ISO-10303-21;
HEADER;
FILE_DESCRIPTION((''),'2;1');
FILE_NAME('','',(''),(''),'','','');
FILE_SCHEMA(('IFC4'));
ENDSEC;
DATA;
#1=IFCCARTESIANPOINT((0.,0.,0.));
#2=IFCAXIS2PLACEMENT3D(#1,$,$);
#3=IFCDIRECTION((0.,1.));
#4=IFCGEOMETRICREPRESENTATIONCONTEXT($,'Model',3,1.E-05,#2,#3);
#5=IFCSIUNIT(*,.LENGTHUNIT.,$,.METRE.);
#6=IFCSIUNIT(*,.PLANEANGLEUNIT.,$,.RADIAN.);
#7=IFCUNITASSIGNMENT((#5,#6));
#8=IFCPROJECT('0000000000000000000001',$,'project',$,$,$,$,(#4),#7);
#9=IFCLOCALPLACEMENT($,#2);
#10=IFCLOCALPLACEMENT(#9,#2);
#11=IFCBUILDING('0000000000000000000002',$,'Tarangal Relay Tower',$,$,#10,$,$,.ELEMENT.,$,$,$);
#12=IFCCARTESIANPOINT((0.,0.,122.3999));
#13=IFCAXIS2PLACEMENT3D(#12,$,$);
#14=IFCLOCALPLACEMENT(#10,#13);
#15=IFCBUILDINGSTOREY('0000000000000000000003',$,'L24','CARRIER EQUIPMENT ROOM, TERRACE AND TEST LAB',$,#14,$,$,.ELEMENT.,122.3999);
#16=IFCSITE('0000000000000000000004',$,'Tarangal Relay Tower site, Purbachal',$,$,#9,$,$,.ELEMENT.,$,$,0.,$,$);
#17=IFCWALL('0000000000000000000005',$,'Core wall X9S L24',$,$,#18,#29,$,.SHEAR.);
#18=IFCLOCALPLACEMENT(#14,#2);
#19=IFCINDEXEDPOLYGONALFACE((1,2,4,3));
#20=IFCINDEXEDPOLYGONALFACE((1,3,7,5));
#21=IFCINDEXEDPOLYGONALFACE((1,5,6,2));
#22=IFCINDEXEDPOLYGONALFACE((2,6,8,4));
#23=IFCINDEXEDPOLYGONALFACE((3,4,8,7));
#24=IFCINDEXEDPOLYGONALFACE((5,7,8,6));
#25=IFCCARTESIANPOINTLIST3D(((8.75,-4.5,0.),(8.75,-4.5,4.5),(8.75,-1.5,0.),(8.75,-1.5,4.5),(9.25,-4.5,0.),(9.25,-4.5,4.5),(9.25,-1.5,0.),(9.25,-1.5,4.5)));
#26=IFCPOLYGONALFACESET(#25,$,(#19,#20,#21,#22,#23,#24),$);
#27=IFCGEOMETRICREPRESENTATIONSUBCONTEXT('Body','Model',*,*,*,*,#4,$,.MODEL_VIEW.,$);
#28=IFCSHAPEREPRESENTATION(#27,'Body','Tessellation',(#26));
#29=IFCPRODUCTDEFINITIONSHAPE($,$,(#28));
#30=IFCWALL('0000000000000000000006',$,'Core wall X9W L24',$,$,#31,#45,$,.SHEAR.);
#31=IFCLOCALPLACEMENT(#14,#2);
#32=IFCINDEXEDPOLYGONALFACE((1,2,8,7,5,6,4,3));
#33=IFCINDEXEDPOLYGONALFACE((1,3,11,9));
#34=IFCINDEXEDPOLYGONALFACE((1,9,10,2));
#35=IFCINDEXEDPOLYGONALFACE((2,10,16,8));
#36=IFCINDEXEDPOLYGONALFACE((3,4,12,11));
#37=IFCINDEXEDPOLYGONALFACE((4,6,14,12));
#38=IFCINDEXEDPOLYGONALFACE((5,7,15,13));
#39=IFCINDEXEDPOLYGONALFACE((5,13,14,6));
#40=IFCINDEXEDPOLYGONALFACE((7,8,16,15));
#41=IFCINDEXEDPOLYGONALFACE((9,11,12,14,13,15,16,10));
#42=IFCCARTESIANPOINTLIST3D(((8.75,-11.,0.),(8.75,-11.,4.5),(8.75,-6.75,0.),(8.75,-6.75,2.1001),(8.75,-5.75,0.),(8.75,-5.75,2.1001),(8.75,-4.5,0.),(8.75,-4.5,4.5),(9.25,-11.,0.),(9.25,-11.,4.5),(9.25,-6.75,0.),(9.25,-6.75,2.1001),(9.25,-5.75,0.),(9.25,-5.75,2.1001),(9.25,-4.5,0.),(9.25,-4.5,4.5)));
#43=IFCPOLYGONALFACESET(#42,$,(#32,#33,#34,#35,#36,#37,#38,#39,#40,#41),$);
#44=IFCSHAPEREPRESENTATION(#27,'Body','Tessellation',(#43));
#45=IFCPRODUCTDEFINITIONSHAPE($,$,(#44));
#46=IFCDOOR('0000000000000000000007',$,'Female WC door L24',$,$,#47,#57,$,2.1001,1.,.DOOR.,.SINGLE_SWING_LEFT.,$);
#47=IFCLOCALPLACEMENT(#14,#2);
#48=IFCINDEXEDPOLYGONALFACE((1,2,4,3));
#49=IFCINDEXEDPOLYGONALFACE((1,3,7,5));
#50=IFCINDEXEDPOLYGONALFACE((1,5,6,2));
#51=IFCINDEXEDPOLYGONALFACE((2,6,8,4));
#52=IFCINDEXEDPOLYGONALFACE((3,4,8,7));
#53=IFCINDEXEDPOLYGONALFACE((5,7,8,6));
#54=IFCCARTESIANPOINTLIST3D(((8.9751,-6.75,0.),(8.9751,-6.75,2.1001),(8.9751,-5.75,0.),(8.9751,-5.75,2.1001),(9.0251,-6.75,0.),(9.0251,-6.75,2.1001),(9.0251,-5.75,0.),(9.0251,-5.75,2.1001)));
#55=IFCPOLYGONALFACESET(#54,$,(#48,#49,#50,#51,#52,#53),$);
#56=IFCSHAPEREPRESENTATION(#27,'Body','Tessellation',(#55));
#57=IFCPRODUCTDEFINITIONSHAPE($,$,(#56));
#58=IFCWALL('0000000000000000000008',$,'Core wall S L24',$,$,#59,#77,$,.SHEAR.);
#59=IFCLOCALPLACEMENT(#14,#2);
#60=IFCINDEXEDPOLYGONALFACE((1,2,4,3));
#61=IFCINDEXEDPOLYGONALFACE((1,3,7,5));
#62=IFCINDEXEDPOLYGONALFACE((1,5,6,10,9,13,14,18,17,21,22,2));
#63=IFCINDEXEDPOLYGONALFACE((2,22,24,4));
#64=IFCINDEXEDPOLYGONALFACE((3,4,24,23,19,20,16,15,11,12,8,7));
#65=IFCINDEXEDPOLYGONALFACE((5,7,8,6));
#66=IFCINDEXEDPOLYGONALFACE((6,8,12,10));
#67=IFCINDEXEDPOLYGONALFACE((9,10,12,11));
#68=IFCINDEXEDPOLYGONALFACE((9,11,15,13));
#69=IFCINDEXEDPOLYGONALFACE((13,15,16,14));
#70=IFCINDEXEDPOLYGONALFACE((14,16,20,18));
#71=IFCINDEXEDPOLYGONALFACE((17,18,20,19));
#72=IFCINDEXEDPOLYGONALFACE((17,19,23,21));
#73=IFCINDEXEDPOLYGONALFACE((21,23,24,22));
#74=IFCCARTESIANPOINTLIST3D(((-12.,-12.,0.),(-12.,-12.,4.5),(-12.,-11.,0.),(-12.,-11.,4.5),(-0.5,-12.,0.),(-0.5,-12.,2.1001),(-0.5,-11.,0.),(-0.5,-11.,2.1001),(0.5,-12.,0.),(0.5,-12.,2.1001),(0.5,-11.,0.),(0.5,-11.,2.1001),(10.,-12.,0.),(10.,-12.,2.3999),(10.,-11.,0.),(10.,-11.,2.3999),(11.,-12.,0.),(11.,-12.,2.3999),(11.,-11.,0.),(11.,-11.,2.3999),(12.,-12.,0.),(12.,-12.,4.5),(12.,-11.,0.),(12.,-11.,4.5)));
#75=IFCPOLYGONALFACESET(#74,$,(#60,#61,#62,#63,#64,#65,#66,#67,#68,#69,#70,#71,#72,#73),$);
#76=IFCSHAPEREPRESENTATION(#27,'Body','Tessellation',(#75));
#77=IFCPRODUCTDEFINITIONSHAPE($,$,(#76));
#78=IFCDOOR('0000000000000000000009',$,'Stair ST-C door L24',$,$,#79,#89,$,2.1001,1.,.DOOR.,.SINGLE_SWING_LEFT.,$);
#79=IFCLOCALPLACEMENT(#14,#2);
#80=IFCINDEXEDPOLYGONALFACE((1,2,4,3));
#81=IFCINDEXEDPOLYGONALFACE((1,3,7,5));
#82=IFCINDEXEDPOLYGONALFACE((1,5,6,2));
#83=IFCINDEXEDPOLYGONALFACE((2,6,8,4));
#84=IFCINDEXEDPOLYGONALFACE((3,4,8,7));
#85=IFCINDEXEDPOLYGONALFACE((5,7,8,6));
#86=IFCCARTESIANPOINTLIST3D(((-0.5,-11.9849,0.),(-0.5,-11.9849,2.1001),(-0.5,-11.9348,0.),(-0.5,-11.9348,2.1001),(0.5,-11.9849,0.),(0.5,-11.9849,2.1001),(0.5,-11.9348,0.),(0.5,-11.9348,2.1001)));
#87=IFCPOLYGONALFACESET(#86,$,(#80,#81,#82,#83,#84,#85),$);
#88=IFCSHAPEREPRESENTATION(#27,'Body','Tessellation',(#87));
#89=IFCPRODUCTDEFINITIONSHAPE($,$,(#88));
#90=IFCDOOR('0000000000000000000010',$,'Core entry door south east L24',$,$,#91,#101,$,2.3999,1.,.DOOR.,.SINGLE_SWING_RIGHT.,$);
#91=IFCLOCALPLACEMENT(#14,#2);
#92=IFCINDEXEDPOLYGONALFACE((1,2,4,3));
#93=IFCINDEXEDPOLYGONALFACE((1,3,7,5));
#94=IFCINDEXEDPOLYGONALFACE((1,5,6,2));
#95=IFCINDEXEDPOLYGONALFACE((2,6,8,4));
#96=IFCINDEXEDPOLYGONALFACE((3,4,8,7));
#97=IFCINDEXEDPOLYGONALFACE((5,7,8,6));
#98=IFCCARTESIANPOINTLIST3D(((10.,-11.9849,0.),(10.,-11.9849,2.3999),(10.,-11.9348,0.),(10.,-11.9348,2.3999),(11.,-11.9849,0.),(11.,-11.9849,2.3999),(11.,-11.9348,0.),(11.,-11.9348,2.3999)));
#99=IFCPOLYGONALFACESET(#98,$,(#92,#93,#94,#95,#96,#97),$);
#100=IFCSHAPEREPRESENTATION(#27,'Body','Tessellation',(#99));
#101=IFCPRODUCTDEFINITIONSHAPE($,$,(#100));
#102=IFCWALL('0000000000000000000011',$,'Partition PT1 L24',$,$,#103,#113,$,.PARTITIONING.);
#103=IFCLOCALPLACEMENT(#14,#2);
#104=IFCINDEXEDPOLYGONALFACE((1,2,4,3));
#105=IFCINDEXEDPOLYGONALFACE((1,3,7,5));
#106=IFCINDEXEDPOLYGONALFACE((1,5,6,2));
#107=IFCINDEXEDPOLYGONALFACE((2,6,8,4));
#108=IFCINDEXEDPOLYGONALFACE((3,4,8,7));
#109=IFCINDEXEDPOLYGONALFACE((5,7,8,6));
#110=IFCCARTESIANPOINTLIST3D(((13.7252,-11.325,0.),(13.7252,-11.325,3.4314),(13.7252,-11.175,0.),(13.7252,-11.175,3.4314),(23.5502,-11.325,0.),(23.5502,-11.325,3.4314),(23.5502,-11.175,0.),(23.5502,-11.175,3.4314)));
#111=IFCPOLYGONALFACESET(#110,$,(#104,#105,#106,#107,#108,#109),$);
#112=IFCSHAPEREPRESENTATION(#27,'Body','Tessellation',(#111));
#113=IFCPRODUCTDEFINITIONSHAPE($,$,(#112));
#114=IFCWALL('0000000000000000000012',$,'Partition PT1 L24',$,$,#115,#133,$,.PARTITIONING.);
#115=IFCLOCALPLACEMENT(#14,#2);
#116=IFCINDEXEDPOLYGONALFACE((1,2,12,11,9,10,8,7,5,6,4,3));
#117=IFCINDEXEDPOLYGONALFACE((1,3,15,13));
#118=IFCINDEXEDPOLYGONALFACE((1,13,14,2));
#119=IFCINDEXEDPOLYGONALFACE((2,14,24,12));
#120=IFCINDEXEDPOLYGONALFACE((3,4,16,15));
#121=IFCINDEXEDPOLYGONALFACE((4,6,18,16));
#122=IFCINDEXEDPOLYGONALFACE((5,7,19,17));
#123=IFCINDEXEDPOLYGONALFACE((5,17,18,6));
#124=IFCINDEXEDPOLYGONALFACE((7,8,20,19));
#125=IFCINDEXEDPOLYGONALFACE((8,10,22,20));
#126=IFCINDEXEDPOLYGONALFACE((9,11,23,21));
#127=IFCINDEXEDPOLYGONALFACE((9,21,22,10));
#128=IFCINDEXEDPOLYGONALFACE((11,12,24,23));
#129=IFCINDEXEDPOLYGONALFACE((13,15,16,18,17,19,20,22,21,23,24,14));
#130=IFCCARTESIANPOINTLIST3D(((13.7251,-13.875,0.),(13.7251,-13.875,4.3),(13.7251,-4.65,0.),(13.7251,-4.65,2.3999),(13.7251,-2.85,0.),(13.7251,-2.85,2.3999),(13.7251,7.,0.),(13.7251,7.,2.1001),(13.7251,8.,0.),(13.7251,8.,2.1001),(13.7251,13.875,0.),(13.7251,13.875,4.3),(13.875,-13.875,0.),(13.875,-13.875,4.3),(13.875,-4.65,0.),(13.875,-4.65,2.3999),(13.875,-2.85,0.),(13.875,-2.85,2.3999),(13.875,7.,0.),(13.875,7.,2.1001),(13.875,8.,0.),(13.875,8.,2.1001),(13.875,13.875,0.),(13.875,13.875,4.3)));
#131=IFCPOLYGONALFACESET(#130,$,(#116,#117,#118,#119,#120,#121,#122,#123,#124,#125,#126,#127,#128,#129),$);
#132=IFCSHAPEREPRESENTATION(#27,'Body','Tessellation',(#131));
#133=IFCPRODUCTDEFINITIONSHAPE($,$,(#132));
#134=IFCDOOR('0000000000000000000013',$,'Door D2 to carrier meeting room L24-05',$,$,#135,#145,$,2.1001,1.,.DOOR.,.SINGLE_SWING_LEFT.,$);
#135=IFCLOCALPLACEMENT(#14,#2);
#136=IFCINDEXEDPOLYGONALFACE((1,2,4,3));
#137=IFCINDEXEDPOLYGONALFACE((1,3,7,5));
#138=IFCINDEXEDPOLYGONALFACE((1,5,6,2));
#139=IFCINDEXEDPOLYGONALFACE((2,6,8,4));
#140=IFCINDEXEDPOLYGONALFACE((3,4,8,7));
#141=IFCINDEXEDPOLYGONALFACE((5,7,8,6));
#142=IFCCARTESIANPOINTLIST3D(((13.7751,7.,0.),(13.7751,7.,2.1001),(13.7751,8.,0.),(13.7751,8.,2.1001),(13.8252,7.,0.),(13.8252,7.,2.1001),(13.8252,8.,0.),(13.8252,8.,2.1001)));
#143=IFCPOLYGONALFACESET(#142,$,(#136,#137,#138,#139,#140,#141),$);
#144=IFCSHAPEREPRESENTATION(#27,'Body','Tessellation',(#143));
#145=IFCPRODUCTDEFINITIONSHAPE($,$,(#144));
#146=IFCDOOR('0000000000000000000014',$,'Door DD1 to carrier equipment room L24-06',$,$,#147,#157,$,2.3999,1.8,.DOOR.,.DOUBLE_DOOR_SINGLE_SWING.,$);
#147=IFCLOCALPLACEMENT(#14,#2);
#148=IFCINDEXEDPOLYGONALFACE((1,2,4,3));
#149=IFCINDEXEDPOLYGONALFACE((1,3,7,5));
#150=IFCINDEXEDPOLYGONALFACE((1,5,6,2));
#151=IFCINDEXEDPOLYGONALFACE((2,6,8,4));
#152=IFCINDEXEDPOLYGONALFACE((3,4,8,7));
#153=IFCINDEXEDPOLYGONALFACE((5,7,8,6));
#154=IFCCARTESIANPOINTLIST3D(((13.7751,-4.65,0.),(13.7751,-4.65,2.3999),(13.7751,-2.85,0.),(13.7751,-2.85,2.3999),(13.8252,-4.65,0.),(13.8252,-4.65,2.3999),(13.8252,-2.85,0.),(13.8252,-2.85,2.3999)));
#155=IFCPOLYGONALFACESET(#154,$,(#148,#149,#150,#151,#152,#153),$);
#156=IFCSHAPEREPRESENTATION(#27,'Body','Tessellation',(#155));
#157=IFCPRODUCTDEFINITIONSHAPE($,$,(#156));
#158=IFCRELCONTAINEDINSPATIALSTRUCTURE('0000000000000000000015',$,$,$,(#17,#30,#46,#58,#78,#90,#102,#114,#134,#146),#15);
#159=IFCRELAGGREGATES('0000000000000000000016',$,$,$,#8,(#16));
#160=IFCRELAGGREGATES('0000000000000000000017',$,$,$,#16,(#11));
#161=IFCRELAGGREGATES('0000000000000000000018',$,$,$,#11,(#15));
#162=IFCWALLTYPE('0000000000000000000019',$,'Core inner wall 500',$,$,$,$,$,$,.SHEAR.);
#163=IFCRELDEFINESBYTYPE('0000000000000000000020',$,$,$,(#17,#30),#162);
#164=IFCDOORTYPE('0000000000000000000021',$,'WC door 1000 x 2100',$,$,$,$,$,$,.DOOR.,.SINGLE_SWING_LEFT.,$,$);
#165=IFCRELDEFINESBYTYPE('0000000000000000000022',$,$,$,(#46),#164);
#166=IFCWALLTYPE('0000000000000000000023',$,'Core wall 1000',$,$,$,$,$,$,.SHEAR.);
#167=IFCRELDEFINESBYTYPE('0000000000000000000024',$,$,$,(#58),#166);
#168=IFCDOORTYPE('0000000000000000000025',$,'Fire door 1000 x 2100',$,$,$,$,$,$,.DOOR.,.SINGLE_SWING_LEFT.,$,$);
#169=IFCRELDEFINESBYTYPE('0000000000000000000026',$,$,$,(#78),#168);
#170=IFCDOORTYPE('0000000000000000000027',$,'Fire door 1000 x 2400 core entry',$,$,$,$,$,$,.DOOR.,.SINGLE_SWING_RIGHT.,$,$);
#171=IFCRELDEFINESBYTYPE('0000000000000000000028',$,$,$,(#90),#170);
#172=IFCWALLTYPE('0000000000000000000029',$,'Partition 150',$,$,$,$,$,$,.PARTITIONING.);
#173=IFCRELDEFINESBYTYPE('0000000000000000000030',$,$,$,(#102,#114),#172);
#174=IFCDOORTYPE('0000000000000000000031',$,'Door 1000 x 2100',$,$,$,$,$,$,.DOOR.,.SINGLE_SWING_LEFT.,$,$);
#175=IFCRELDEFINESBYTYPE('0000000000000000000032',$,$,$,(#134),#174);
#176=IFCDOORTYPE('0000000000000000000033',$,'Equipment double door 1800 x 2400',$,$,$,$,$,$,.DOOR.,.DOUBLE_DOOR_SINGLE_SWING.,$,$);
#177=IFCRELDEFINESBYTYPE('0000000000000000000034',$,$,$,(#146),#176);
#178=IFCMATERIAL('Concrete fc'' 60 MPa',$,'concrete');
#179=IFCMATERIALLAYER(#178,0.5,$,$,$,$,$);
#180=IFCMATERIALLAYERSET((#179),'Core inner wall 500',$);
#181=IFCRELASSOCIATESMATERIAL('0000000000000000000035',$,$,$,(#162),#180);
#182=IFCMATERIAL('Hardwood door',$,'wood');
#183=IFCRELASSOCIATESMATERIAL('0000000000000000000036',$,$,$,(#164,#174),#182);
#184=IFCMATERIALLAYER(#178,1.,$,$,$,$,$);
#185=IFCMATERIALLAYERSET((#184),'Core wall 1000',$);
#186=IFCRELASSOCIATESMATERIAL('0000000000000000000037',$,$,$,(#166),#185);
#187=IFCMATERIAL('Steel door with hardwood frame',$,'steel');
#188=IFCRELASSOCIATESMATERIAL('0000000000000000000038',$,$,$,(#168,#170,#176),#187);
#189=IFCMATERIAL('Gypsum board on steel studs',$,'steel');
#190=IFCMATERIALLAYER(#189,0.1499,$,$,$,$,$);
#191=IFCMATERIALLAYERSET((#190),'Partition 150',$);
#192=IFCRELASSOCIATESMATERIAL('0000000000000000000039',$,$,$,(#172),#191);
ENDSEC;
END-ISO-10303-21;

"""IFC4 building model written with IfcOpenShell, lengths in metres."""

from ifc_helpers import new_model, si_unit, direction, frame, frame_2d, origin, place, context, subcontext, project, spatial, rectangle, extrude, material, layer, layer_set, type_object, element, fill, save


model = new_model("IFC4")

# Units and contexts
model_context = context("Model", 3, precision=1e-05, world=origin(), true_north=direction((0.0, 1.0)))
body_context = subcontext(model_context, "Body", "Model", "MODEL_VIEW")
ifc_project = project(units=[si_unit("LENGTHUNIT", "METRE"), si_unit("PLANEANGLEUNIT", "RADIAN")], contexts=[model_context])

# Site, building, storey
site_placement = place(None, origin())
site = spatial("IfcSite", under=ifc_project, at=site_placement, Name="Tarangal Relay Tower site, Purbachal", CompositionType="ELEMENT", RefElevation=0.0)
building_placement = place(site_placement, origin())
building = spatial("IfcBuilding", under=site, at=building_placement, Name="Tarangal Relay Tower", CompositionType="ELEMENT")
storey_placement = place(building_placement, frame((0.0, 0.0, 122.3999)))
storey = spatial("IfcBuildingStorey", under=building, at=storey_placement, Name="L24", Description="CARRIER EQUIPMENT ROOM, TERRACE AND TEST LAB", CompositionType="ELEMENT", Elevation=122.3999)

# Wall
ifc_material_1 = material(Name="Concrete fc' 60 MPa", Category="concrete")
ifc_layer_1 = layer(ifc_material_1, 0.5)
ifc_layer_set_1 = layer_set([ifc_layer_1], Name="Core inner wall 500")
wall_type_1 = type_object("IfcWallType", Name="Core inner wall 500", PredefinedType="SHEAR", material=ifc_layer_set_1)
wall_1_placement = place(storey_placement, frame((9.0, -4.5, 0.0), z_axis=(0.0, 0.0, 1.0), x_axis=(0.0, 1.0, 0.0)))
element("IfcWall", 1, at=wall_1_placement, inside=storey, type_object=wall_type_1, Name="Core wall X9S L24", PredefinedType="SHEAR", context=body_context, shape_type="SweptSolid", body=[
    extrude(rectangle(XDim=3.0, YDim=0.5, at=frame_2d((1.5, 0.0))), origin(), (0.0, 0.0, 1.0), 4.5),
])

# Wall, opening, door
wall_2_placement = place(storey_placement, frame((9.0, -11.0, 0.0), z_axis=(0.0, 0.0, 1.0), x_axis=(0.0, 1.0, 0.0)))
wall_2 = element("IfcWall", 2, at=wall_2_placement, inside=storey, type_object=wall_type_1, Name="Core wall X9W L24", PredefinedType="SHEAR", context=body_context, shape_type="SweptSolid", body=[
    extrude(rectangle(XDim=6.5, YDim=0.5, at=frame_2d((3.25, 0.0))), origin(), (0.0, 0.0, 1.0), 4.5),
])
opening_1_placement = place(wall_2_placement, frame((4.25, 0.0, 0.0)))
opening_1 = element("IfcOpeningElement", 3, at=opening_1_placement, cuts=wall_2, PredefinedType="OPENING", context=body_context, shape_type="SweptSolid", body=[
    extrude(rectangle(XDim=1.0, YDim=2.1001, at=frame_2d((0.5, 1.05))), frame((0.0, 0.26, 0.0), z_axis=(0.0, -1.0, 0.0), x_axis=(1.0, 0.0, 0.0)), (0.0, 0.0, 1.0), 0.52),
])
ifc_material_2 = material(Name="Hardwood door", Category="wood")
door_type_1 = type_object("IfcDoorType", Name="WC door 1000 x 2100", OperationType="SINGLE_SWING_LEFT", PredefinedType="DOOR", material=ifc_material_2)
door_1_placement = place(opening_1_placement, origin())
door_1 = element("IfcDoor", 4, at=door_1_placement, inside=storey, type_object=door_type_1, Name="Female WC door L24", OperationType="SINGLE_SWING_LEFT", OverallHeight=2.1001, OverallWidth=1.0, PredefinedType="DOOR", context=body_context, shape_type="SweptSolid", body=[
    extrude(rectangle(XDim=1.0, YDim=2.1001, at=frame_2d((0.5, 1.05))), frame((0.0, 0.0249, 0.0), z_axis=(0.0, -1.0, 0.0), x_axis=(1.0, 0.0, 0.0)), (0.0, 0.0, 1.0), 0.05),
])
fill(opening_1, door_1)

# Wall, openings, doors
ifc_layer_2 = layer(ifc_material_1, 1.0)
ifc_layer_set_2 = layer_set([ifc_layer_2], Name="Core wall 1000")
wall_type_2 = type_object("IfcWallType", Name="Core wall 1000", PredefinedType="SHEAR", material=ifc_layer_set_2)
wall_3_placement = place(storey_placement, frame((12.0, -11.5, 0.0), z_axis=(0.0, 0.0, 1.0), x_axis=(-1.0, 0.0, 0.0)))
wall_3 = element("IfcWall", 5, at=wall_3_placement, inside=storey, type_object=wall_type_2, Name="Core wall S L24", PredefinedType="SHEAR", context=body_context, shape_type="SweptSolid", body=[
    extrude(rectangle(XDim=24.0, YDim=1.0, at=frame_2d((12.0, 0.0))), origin(), (0.0, 0.0, 1.0), 4.5),
])
opening_2_placement = place(wall_3_placement, frame((11.5, 0.0, 0.0)))
opening_2 = element("IfcOpeningElement", 6, at=opening_2_placement, cuts=wall_3, PredefinedType="OPENING", context=body_context, shape_type="SweptSolid", body=[
    extrude(rectangle(XDim=1.0, YDim=2.1001, at=frame_2d((0.5, 1.05))), frame((0.0, 0.51, 0.0), z_axis=(0.0, -1.0, 0.0), x_axis=(1.0, 0.0, 0.0)), (0.0, 0.0, 1.0), 1.02),
])
opening_3_placement = place(wall_3_placement, frame((1.0, 0.0, 0.0)))
opening_3 = element("IfcOpeningElement", 7, at=opening_3_placement, cuts=wall_3, PredefinedType="OPENING", context=body_context, shape_type="SweptSolid", body=[
    extrude(rectangle(XDim=1.0, YDim=2.3999, at=frame_2d((0.5, 1.2))), frame((0.0, 0.51, 0.0), z_axis=(0.0, -1.0, 0.0), x_axis=(1.0, 0.0, 0.0)), (0.0, 0.0, 1.0), 1.02),
])
ifc_material_3 = material(Name="Steel door with hardwood frame", Category="steel")
door_type_2 = type_object("IfcDoorType", Name="Fire door 1000 x 2100", OperationType="SINGLE_SWING_LEFT", PredefinedType="DOOR", material=ifc_material_3)
door_2_placement = place(opening_2_placement, origin())
door_2 = element("IfcDoor", 8, at=door_2_placement, inside=storey, type_object=door_type_2, Name="Stair ST-C door L24", OperationType="SINGLE_SWING_LEFT", OverallHeight=2.1001, OverallWidth=1.0, PredefinedType="DOOR", context=body_context, shape_type="SweptSolid", body=[
    extrude(rectangle(XDim=1.0, YDim=2.1001, at=frame_2d((0.5, 1.05))), frame((0.0, 0.4849, 0.0), z_axis=(0.0, -1.0, 0.0), x_axis=(1.0, 0.0, 0.0)), (0.0, 0.0, 1.0), 0.05),
])
fill(opening_2, door_2)
door_type_3 = type_object("IfcDoorType", Name="Fire door 1000 x 2400 core entry", OperationType="SINGLE_SWING_RIGHT", PredefinedType="DOOR", material=ifc_material_3)
door_3_placement = place(opening_3_placement, origin())
door_3 = element("IfcDoor", 9, at=door_3_placement, inside=storey, type_object=door_type_3, Name="Core entry door south east L24", OperationType="SINGLE_SWING_RIGHT", OverallHeight=2.3999, OverallWidth=1.0, PredefinedType="DOOR", context=body_context, shape_type="SweptSolid", body=[
    extrude(rectangle(XDim=1.0, YDim=2.3999, at=frame_2d((0.5, 1.2))), frame((0.0, 0.4849, 0.0), z_axis=(0.0, -1.0, 0.0), x_axis=(1.0, 0.0, 0.0)), (0.0, 0.0, 1.0), 0.05),
])
fill(opening_3, door_3)

# Wall
ifc_material_4 = material(Name="Gypsum board on steel studs", Category="steel")
ifc_layer_3 = layer(ifc_material_4, 0.1499)
ifc_layer_set_3 = layer_set([ifc_layer_3], Name="Partition 150")
wall_type_3 = type_object("IfcWallType", Name="Partition 150", PredefinedType="PARTITIONING", material=ifc_layer_set_3)
wall_4_placement = place(storey_placement, frame((13.7251, -11.25, 0.0), z_axis=(0.0, 0.0, 1.0), x_axis=(1.0, 0.0, 0.0)))
element("IfcWall", 10, at=wall_4_placement, inside=storey, type_object=wall_type_3, Name="Partition PT1 L24", PredefinedType="PARTITIONING", context=body_context, shape_type="SweptSolid", body=[
    extrude(rectangle(XDim=9.825, YDim=0.1499, at=frame_2d((4.9126, 0.0))), origin(), (0.0, 0.0, 1.0), 3.4314),
])

# Wall, openings, doors
wall_5_placement = place(storey_placement, frame((13.8, -13.875, 0.0), z_axis=(0.0, 0.0, 1.0), x_axis=(0.0, 1.0, 0.0)))
wall_5 = element("IfcWall", 11, at=wall_5_placement, inside=storey, type_object=wall_type_3, Name="Partition PT1 L24", PredefinedType="PARTITIONING", context=body_context, shape_type="SweptSolid", body=[
    extrude(rectangle(XDim=27.75, YDim=0.1499, at=frame_2d((13.875, 0.0))), origin(), (0.0, 0.0, 1.0), 4.3),
])
opening_4_placement = place(wall_5_placement, frame((20.875, 0.0, 0.0)))
opening_4 = element("IfcOpeningElement", 12, at=opening_4_placement, cuts=wall_5, PredefinedType="OPENING", context=body_context, shape_type="SweptSolid", body=[
    extrude(rectangle(XDim=1.0, YDim=2.1001, at=frame_2d((0.5, 1.05))), frame((0.0, 0.085, 0.0), z_axis=(0.0, -1.0, 0.0), x_axis=(1.0, 0.0, 0.0)), (0.0, 0.0, 1.0), 0.1699),
])
opening_5_placement = place(wall_5_placement, frame((9.2251, 0.0, 0.0)))
opening_5 = element("IfcOpeningElement", 13, at=opening_5_placement, cuts=wall_5, PredefinedType="OPENING", context=body_context, shape_type="SweptSolid", body=[
    extrude(rectangle(XDim=1.8, YDim=2.3999, at=frame_2d((0.8999, 1.2))), frame((0.0, 0.085, 0.0), z_axis=(0.0, -1.0, 0.0), x_axis=(1.0, 0.0, 0.0)), (0.0, 0.0, 1.0), 0.1699),
])
door_type_4 = type_object("IfcDoorType", Name="Door 1000 x 2100", OperationType="SINGLE_SWING_LEFT", PredefinedType="DOOR", material=ifc_material_2)
door_4_placement = place(opening_4_placement, origin())
door_4 = element("IfcDoor", 14, at=door_4_placement, inside=storey, type_object=door_type_4, Name="Door D2 to carrier meeting room L24-05", OperationType="SINGLE_SWING_LEFT", OverallHeight=2.1001, OverallWidth=1.0, PredefinedType="DOOR", context=body_context, shape_type="SweptSolid", body=[
    extrude(rectangle(XDim=1.0, YDim=2.1001, at=frame_2d((0.5, 1.05))), frame((0.0, 0.0249, 0.0), z_axis=(0.0, -1.0, 0.0), x_axis=(1.0, 0.0, 0.0)), (0.0, 0.0, 1.0), 0.05),
])
fill(opening_4, door_4)
door_type_5 = type_object("IfcDoorType", Name="Equipment double door 1800 x 2400", OperationType="DOUBLE_DOOR_SINGLE_SWING", PredefinedType="DOOR", material=ifc_material_3)
door_5_placement = place(opening_5_placement, origin())
door_5 = element("IfcDoor", 15, at=door_5_placement, inside=storey, type_object=door_type_5, Name="Door DD1 to carrier equipment room L24-06", OperationType="DOUBLE_DOOR_SINGLE_SWING", OverallHeight=2.3999, OverallWidth=1.8, PredefinedType="DOOR", context=body_context, shape_type="SweptSolid", body=[
    extrude(rectangle(XDim=1.8, YDim=2.3999, at=frame_2d((0.8999, 1.2))), frame((0.0, 0.0249, 0.0), z_axis=(0.0, -1.0, 0.0), x_axis=(1.0, 0.0, 0.0)), (0.0, 0.0, 1.0), 0.05),
])
fill(opening_5, door_5)

save(model, "model.ifc")
